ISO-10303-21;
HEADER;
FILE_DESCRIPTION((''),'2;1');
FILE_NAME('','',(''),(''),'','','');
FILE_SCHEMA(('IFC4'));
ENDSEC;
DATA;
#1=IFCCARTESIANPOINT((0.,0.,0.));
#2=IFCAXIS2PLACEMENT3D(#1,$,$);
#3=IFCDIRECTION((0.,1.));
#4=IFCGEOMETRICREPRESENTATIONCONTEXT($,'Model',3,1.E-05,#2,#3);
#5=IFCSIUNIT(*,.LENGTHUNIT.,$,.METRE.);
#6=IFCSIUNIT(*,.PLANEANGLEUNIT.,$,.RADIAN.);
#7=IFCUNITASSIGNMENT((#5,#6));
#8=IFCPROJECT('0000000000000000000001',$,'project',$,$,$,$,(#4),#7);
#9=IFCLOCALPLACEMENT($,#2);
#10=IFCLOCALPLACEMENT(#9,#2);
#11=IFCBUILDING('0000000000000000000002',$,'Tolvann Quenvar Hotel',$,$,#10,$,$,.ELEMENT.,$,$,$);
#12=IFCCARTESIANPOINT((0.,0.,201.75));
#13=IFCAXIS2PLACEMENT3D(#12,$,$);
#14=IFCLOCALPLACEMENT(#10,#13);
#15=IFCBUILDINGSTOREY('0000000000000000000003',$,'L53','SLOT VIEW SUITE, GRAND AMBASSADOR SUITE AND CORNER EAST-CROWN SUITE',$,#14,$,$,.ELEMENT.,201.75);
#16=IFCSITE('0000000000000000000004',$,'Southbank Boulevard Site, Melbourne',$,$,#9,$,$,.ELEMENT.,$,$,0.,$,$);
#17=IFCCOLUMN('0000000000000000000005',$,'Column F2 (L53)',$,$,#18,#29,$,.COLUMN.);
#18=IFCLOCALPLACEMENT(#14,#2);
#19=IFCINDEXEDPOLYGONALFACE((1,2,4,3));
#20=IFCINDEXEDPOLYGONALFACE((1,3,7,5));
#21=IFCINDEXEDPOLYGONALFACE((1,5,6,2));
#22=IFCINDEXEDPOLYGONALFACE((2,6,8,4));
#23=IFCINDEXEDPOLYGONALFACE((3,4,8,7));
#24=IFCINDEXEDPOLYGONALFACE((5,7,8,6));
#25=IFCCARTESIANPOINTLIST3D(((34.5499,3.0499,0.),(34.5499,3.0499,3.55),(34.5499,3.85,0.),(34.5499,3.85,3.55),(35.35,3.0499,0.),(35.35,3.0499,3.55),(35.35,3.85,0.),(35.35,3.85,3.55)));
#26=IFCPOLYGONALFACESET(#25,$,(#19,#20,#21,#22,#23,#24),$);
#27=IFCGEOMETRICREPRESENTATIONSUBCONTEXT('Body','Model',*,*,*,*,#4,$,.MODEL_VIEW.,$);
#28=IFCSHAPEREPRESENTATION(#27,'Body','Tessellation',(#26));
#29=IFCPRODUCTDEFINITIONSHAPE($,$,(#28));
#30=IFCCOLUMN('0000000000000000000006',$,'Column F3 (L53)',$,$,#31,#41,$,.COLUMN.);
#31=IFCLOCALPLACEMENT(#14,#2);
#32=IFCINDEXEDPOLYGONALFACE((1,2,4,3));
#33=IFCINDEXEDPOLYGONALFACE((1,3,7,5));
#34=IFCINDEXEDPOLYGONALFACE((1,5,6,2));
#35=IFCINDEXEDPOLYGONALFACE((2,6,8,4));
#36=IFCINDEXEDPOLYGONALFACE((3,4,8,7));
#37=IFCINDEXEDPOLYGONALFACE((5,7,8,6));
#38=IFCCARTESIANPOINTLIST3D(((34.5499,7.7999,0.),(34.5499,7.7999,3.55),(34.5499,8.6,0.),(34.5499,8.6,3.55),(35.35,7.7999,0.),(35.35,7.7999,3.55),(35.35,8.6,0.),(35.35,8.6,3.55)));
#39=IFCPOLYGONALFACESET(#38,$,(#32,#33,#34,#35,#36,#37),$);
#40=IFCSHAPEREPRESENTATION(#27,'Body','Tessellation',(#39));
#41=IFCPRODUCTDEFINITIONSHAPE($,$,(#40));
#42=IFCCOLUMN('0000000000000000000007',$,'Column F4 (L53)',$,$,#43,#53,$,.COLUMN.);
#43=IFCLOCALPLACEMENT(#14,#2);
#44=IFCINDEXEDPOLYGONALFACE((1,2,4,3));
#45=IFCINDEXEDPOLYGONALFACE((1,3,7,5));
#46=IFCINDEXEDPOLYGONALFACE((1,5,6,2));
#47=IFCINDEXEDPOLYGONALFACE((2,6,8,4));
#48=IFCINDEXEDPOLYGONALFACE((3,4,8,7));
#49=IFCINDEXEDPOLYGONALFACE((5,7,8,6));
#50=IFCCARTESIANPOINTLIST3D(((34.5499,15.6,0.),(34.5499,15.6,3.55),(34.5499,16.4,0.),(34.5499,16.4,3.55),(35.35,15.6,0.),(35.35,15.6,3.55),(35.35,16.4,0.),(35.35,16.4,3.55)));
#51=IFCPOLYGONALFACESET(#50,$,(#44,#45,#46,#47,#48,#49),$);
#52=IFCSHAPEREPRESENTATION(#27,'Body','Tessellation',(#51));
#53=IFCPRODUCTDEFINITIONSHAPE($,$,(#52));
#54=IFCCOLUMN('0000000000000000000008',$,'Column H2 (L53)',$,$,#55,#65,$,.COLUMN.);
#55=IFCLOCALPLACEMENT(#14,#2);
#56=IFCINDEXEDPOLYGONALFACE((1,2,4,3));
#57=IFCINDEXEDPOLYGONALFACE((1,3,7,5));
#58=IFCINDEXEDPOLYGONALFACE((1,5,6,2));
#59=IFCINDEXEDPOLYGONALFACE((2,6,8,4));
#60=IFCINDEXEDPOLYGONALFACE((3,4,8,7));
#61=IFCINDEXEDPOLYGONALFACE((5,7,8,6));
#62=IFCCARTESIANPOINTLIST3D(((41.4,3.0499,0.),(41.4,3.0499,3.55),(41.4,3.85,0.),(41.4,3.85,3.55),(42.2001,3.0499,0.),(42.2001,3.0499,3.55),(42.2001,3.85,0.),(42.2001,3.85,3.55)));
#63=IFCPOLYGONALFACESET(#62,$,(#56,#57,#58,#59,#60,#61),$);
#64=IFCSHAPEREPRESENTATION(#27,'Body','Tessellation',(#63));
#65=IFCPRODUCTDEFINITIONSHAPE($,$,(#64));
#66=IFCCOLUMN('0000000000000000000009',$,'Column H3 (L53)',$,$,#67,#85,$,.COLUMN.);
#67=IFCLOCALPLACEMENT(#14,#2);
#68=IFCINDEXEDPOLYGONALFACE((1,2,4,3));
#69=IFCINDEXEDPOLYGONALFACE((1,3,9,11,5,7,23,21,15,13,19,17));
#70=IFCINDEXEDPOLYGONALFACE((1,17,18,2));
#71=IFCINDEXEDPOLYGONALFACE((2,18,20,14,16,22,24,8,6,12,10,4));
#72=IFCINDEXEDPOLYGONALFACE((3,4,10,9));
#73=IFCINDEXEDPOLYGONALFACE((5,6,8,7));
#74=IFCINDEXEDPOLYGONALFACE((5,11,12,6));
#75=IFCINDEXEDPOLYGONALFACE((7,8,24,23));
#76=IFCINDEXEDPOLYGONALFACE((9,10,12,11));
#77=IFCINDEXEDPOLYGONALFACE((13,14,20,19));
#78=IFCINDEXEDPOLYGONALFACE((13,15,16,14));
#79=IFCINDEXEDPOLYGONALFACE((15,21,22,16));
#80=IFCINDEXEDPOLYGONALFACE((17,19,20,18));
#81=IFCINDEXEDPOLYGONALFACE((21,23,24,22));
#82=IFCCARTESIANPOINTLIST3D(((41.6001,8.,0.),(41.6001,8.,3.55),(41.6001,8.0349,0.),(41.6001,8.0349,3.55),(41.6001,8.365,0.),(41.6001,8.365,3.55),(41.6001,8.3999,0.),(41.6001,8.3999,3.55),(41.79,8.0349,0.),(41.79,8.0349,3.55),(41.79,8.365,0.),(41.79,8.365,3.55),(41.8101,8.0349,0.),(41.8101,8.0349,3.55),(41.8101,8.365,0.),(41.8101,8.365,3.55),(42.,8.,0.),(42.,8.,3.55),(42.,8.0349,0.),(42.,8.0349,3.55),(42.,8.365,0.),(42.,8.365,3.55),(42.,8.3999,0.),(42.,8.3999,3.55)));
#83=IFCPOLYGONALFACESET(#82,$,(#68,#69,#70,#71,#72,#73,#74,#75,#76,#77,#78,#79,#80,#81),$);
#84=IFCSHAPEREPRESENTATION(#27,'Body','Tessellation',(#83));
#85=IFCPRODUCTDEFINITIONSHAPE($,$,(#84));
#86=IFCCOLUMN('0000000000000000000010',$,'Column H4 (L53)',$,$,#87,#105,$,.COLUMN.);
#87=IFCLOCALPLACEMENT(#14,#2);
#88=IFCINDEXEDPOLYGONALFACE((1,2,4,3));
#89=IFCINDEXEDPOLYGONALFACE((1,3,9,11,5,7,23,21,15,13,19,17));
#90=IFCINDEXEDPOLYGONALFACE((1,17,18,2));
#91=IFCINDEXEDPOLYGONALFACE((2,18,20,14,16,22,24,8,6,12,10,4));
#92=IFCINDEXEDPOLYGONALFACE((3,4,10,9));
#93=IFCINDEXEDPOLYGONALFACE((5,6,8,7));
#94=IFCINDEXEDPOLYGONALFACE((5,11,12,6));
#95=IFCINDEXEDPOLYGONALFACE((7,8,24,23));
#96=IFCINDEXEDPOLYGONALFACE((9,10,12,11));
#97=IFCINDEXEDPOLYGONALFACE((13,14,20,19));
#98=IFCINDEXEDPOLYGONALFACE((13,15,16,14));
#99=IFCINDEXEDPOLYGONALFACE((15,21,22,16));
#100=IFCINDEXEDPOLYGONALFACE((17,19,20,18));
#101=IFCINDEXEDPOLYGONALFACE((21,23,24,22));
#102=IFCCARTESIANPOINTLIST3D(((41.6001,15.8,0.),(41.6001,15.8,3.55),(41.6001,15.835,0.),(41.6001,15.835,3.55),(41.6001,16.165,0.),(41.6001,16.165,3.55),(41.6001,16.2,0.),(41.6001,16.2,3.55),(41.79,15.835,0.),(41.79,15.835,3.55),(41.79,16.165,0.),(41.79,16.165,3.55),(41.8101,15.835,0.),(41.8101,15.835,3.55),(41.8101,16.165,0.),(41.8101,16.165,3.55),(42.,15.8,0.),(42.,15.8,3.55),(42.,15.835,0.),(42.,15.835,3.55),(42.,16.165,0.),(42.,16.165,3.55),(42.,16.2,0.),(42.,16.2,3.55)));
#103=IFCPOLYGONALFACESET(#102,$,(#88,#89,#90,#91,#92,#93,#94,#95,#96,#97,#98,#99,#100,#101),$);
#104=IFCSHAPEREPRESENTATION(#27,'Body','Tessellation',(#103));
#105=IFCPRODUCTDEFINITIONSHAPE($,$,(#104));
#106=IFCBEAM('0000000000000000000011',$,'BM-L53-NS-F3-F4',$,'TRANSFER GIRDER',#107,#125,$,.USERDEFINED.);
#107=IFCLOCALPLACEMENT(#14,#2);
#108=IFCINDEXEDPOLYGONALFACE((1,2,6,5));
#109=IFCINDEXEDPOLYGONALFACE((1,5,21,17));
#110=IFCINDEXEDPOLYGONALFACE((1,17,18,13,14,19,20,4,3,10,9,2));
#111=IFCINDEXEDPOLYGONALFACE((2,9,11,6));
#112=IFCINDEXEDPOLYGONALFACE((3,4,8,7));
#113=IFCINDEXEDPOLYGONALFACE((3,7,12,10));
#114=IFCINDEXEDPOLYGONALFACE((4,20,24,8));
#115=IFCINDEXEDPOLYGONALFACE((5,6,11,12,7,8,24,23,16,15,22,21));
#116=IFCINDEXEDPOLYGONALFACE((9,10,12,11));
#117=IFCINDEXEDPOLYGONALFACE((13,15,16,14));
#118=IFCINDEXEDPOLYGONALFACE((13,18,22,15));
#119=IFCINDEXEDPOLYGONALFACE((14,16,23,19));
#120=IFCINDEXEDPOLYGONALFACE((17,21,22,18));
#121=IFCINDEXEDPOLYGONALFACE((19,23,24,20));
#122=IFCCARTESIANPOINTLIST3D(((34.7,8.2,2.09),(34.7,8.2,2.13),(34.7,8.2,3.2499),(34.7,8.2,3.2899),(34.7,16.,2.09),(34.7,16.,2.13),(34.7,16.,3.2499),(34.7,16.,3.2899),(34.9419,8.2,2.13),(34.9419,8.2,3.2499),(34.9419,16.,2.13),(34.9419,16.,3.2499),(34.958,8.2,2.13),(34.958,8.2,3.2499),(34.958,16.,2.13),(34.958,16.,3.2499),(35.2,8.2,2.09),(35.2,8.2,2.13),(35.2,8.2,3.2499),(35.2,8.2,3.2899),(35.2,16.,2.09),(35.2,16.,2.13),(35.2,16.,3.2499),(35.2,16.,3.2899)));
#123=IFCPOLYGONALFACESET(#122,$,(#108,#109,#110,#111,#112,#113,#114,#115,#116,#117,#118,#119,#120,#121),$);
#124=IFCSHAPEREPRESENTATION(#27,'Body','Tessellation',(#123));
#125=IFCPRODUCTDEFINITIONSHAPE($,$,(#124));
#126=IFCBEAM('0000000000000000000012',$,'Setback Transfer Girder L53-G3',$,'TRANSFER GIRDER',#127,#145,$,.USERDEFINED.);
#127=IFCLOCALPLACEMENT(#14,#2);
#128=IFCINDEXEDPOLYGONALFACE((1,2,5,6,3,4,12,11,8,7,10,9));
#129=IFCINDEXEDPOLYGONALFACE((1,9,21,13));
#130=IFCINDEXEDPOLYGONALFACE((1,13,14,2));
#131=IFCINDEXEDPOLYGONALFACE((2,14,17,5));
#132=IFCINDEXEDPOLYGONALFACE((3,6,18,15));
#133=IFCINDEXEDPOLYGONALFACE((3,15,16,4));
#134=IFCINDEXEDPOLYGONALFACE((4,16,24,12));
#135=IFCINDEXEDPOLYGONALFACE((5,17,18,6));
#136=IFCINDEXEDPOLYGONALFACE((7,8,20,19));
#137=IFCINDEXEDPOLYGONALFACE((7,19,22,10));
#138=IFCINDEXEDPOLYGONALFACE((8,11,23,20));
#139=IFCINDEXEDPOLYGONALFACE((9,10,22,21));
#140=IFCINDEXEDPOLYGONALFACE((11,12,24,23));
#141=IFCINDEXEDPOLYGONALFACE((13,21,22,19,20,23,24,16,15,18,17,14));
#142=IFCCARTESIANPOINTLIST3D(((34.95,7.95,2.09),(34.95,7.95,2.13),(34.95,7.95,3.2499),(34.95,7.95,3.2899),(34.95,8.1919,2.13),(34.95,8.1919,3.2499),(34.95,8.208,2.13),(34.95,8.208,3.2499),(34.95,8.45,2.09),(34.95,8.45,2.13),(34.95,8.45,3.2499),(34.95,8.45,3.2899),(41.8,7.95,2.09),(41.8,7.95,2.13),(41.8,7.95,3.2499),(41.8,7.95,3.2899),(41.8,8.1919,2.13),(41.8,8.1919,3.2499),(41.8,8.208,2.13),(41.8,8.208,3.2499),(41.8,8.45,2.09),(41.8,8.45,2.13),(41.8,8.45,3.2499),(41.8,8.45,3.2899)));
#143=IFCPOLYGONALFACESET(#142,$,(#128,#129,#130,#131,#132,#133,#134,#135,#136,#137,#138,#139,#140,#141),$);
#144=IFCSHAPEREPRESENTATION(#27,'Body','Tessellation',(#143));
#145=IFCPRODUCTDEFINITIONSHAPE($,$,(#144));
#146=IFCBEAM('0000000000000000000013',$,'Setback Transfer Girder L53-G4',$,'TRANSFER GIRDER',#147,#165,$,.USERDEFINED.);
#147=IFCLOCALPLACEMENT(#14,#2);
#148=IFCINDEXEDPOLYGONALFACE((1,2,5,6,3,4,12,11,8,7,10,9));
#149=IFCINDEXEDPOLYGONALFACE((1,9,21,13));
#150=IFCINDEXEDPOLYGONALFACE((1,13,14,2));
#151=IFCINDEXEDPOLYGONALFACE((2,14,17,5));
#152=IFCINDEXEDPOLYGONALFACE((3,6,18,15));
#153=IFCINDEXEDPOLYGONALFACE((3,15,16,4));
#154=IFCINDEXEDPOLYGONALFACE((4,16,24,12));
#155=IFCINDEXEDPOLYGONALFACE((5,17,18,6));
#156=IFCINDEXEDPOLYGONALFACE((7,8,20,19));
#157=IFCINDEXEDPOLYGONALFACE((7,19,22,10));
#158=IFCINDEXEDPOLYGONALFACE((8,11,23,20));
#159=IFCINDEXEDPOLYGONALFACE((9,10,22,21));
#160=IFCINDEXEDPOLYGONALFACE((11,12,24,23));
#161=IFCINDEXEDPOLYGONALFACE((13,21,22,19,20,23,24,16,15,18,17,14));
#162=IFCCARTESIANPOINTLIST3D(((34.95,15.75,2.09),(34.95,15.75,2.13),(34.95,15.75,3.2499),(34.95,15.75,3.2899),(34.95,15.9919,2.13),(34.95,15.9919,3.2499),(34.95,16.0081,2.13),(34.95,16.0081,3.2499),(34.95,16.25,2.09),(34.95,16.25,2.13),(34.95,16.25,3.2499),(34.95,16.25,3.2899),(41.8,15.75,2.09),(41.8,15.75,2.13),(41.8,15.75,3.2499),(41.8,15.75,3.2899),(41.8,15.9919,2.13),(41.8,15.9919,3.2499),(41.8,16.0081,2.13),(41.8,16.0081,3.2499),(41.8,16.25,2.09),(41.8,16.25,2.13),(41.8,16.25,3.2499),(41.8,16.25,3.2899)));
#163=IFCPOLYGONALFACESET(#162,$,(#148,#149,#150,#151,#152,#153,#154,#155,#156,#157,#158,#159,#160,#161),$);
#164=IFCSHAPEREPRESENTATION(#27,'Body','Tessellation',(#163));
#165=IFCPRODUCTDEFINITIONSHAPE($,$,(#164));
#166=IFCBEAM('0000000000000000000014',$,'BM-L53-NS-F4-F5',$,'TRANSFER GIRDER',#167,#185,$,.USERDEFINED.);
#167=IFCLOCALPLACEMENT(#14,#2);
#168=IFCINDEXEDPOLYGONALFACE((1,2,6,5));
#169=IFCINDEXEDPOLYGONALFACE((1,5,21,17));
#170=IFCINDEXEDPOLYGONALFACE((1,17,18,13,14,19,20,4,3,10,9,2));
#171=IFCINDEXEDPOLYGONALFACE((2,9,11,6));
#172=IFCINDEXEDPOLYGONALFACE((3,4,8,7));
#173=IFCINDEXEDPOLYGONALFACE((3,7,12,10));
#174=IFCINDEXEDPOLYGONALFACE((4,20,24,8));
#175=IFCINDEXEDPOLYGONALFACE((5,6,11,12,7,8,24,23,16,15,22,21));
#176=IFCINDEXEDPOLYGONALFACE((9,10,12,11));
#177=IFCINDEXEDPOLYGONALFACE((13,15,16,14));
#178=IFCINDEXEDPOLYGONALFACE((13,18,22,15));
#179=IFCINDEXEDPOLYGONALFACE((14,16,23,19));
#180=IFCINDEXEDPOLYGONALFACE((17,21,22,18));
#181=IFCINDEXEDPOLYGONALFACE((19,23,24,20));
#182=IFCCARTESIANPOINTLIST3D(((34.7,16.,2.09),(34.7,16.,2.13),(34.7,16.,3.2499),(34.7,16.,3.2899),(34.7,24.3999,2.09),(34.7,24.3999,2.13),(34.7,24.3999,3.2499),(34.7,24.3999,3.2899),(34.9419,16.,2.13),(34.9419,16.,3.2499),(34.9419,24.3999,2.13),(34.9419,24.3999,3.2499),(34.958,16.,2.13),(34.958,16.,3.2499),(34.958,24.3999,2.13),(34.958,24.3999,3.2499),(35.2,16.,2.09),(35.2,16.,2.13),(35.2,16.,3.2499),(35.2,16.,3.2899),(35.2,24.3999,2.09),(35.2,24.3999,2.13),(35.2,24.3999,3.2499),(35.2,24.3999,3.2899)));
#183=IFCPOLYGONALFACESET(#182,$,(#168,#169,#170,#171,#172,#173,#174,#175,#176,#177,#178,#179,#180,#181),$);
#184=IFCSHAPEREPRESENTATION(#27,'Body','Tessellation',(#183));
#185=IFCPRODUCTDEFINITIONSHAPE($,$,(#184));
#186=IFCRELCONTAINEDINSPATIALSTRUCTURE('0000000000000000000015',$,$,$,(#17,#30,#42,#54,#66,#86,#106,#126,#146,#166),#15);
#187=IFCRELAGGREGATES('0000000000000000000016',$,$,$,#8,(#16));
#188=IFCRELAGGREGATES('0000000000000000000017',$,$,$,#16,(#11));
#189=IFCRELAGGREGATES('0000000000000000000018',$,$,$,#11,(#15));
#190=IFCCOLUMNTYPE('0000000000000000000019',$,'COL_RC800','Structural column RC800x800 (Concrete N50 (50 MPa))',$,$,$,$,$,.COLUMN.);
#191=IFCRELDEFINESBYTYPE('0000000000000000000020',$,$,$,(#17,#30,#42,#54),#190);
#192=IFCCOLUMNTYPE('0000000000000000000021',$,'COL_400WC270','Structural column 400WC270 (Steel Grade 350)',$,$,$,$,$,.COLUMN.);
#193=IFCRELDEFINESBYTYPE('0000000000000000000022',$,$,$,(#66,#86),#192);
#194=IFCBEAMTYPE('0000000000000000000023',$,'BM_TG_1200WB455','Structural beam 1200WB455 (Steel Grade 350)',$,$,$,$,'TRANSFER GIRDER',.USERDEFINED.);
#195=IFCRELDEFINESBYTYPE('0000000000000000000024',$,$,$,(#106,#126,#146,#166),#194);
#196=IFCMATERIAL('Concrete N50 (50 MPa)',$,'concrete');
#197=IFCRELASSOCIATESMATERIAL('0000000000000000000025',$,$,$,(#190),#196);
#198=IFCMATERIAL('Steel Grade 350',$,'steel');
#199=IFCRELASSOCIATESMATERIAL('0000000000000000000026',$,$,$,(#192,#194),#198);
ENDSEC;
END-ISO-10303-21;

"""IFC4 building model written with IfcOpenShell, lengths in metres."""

from ifc_helpers import new_model, si_unit, direction, frame, origin, origin_2d, place, context, subcontext, project, spatial, rectangle, i_section, extrude, source, transform, mapped, material, material_profile, profile_set, type_object, type_shapes, element, save


model = new_model("IFC4")

# Units and contexts
model_context = context("Model", 3, precision=1e-05, world=origin(), true_north=direction((0.0, 1.0)))
body_context = subcontext(model_context, "Body", "Model", "MODEL_VIEW")
ifc_project = project(units=[si_unit("LENGTHUNIT", "METRE"), si_unit("PLANEANGLEUNIT", "RADIAN")], contexts=[model_context])

# Site, building, storey
site_placement = place(None, origin())
site = spatial("IfcSite", under=ifc_project, at=site_placement, Name="Southbank Boulevard Site, Melbourne", CompositionType="ELEMENT", RefElevation=0.0)
building_placement = place(site_placement, origin())
building = spatial("IfcBuilding", under=site, at=building_placement, Name="Tolvann Quenvar Hotel", CompositionType="ELEMENT")
storey_placement = place(building_placement, frame((0.0, 0.0, 201.75)))
storey = spatial("IfcBuildingStorey", under=building, at=storey_placement, Name="L53", Description="SLOT VIEW SUITE, GRAND AMBASSADOR SUITE AND CORNER EAST-CROWN SUITE", CompositionType="ELEMENT", Elevation=201.75)

# Columns
ifc_material_1 = material(Name="Concrete N50 (50 MPa)", Category="concrete")
ifc_material_profile_1 = material_profile(ifc_material_1, rectangle(XDim=0.8, YDim=0.8, at=origin_2d()), Name="RC800x800")
ifc_profile_set_1 = profile_set([ifc_material_profile_1], Name="Concrete N50 (50 MPa)")
column_type_1 = type_object("IfcColumnType", Name="COL_RC800", Description="Structural column RC800x800 (Concrete N50 (50 MPa))", PredefinedType="COLUMN", material=ifc_profile_set_1)
shared_shape_1 = source(origin(), body_context, "Body", "SweptSolid", [
    extrude(rectangle(XDim=0.8, YDim=0.8, at=origin_2d()), origin(), (0.0, 0.0, 1.0), 3.55),
])
type_shapes(column_type_1, [shared_shape_1])
for number, where, z_axis, x_axis, name in (
    (1, (34.95, 3.45, 0.0), (0.0, 0.0, 1.0), (1.0, 0.0, 0.0), "Column F2 (L53)"),
    (2, (34.95, 8.2, 0.0), (0.0, 0.0, 1.0), (1.0, 0.0, 0.0), "Column F3 (L53)"),
    (3, (34.95, 16.0, 0.0), (0.0, 0.0, 1.0), (1.0, 0.0, 0.0), "Column F4 (L53)"),
    (4, (41.8, 3.45, 0.0), (0.0, 0.0, 1.0), (1.0, 0.0, 0.0), "Column H2 (L53)"),
):
    element("IfcColumn", number, at=place(storey_placement, frame(where, z_axis=z_axis, x_axis=x_axis)), inside=storey, type_object=column_type_1, Name=name, PredefinedType="COLUMN", context=body_context, shape_type="MappedRepresentation", body=[
        mapped(shared_shape_1, transform((0.0, 0.0, 0.0), x_axis=(1.0, 0.0, 0.0), y_axis=(0.0, 1.0, 0.0), z_axis=(0.0, 0.0, 1.0), scale=1.0)),
    ])
ifc_material_2 = material(Name="Steel Grade 350", Category="steel")
ifc_material_profile_2 = material_profile(ifc_material_2, i_section(OverallWidth=0.3999, OverallDepth=0.3999, WebThickness=0.02, FlangeThickness=0.0349, at=origin_2d()), Name="400WC270")
ifc_profile_set_2 = profile_set([ifc_material_profile_2], Name="Steel Grade 350")
column_type_2 = type_object("IfcColumnType", Name="COL_400WC270", Description="Structural column 400WC270 (Steel Grade 350)", PredefinedType="COLUMN", material=ifc_profile_set_2)
shared_shape_2 = source(origin(), body_context, "Body", "SweptSolid", [
    extrude(i_section(OverallWidth=0.3999, OverallDepth=0.3999, WebThickness=0.02, FlangeThickness=0.0349, at=origin_2d()), origin(), (0.0, 0.0, 1.0), 3.55),
])
type_shapes(column_type_2, [shared_shape_2])
for number, where, z_axis, x_axis, name in (
    (5, (41.8, 8.2, 0.0), (0.0, 0.0, 1.0), (1.0, 0.0, 0.0), "Column H3 (L53)"),
    (6, (41.8, 16.0, 0.0), (0.0, 0.0, 1.0), (1.0, 0.0, 0.0), "Column H4 (L53)"),
):
    element("IfcColumn", number, at=place(storey_placement, frame(where, z_axis=z_axis, x_axis=x_axis)), inside=storey, type_object=column_type_2, Name=name, PredefinedType="COLUMN", context=body_context, shape_type="MappedRepresentation", body=[
        mapped(shared_shape_2, transform((0.0, 0.0, 0.0), x_axis=(1.0, 0.0, 0.0), y_axis=(0.0, 1.0, 0.0), z_axis=(0.0, 0.0, 1.0), scale=1.0)),
    ])

# Beams
ifc_material_profile_3 = material_profile(ifc_material_2, i_section(OverallWidth=0.5, OverallDepth=1.2, WebThickness=0.0161, FlangeThickness=0.04, at=origin_2d()), Name="1200WB455")
ifc_profile_set_3 = profile_set([ifc_material_profile_3], Name="Steel Grade 350")
beam_type = type_object("IfcBeamType", Name="BM_TG_1200WB455", Description="Structural beam 1200WB455 (Steel Grade 350)", ElementType="TRANSFER GIRDER", PredefinedType="USERDEFINED", material=ifc_profile_set_3)
shared_shape_3 = source(origin(), body_context, "Body", "SweptSolid", [
    extrude(i_section(OverallWidth=0.5, OverallDepth=1.2, WebThickness=0.0161, FlangeThickness=0.04, at=origin_2d()), origin(), (0.0, 0.0, 1.0), 7.8),
])
beam_1_placement = place(storey_placement, frame((34.95, 8.2, 2.6899), z_axis=(0.0, 1.0, 0.0), x_axis=(-1.0, 0.0, 0.0)))
element("IfcBeam", 7, at=beam_1_placement, inside=storey, type_object=beam_type, Name="BM-L53-NS-F3-F4", ObjectType="TRANSFER GIRDER", PredefinedType="USERDEFINED", context=body_context, shape_type="MappedRepresentation", body=[
    mapped(shared_shape_3, transform((0.0, 0.0, 0.0), x_axis=(1.0, 0.0, 0.0), y_axis=(0.0, 1.0, 0.0), z_axis=(0.0, 0.0, 1.0), scale=1.0)),
])
shared_shape_4 = source(origin(), body_context, "Body", "SweptSolid", [
    extrude(i_section(OverallWidth=0.5, OverallDepth=1.2, WebThickness=0.0161, FlangeThickness=0.04, at=origin_2d()), origin(), (0.0, 0.0, 1.0), 6.8501),
])
for number, where, z_axis, x_axis, name in (
    (8, (34.95, 8.2, 2.6899), (1.0, 0.0, 0.0), (0.0, 1.0, 0.0), "Setback Transfer Girder L53-G3"),
    (9, (34.95, 16.0, 2.6899), (1.0, 0.0, 0.0), (0.0, 1.0, 0.0), "Setback Transfer Girder L53-G4"),
):
    element("IfcBeam", number, at=place(storey_placement, frame(where, z_axis=z_axis, x_axis=x_axis)), inside=storey, type_object=beam_type, Name=name, ObjectType="TRANSFER GIRDER", PredefinedType="USERDEFINED", context=body_context, shape_type="MappedRepresentation", body=[
        mapped(shared_shape_4, transform((0.0, 0.0, 0.0), x_axis=(1.0, 0.0, 0.0), y_axis=(0.0, 1.0, 0.0), z_axis=(0.0, 0.0, 1.0), scale=1.0)),
    ])
shared_shape_5 = source(origin(), body_context, "Body", "SweptSolid", [
    extrude(i_section(OverallWidth=0.5, OverallDepth=1.2, WebThickness=0.0161, FlangeThickness=0.04, at=origin_2d()), origin(), (0.0, 0.0, 1.0), 8.3999),
])
beam_2_placement = place(storey_placement, frame((34.95, 16.0, 2.6899), z_axis=(0.0, 1.0, 0.0), x_axis=(-1.0, 0.0, 0.0)))
element("IfcBeam", 10, at=beam_2_placement, inside=storey, type_object=beam_type, Name="BM-L53-NS-F4-F5", ObjectType="TRANSFER GIRDER", PredefinedType="USERDEFINED", context=body_context, shape_type="MappedRepresentation", body=[
    mapped(shared_shape_5, transform((0.0, 0.0, 0.0), x_axis=(1.0, 0.0, 0.0), y_axis=(0.0, 1.0, 0.0), z_axis=(0.0, 0.0, 1.0), scale=1.0)),
])

save(model, "model.ifc")
